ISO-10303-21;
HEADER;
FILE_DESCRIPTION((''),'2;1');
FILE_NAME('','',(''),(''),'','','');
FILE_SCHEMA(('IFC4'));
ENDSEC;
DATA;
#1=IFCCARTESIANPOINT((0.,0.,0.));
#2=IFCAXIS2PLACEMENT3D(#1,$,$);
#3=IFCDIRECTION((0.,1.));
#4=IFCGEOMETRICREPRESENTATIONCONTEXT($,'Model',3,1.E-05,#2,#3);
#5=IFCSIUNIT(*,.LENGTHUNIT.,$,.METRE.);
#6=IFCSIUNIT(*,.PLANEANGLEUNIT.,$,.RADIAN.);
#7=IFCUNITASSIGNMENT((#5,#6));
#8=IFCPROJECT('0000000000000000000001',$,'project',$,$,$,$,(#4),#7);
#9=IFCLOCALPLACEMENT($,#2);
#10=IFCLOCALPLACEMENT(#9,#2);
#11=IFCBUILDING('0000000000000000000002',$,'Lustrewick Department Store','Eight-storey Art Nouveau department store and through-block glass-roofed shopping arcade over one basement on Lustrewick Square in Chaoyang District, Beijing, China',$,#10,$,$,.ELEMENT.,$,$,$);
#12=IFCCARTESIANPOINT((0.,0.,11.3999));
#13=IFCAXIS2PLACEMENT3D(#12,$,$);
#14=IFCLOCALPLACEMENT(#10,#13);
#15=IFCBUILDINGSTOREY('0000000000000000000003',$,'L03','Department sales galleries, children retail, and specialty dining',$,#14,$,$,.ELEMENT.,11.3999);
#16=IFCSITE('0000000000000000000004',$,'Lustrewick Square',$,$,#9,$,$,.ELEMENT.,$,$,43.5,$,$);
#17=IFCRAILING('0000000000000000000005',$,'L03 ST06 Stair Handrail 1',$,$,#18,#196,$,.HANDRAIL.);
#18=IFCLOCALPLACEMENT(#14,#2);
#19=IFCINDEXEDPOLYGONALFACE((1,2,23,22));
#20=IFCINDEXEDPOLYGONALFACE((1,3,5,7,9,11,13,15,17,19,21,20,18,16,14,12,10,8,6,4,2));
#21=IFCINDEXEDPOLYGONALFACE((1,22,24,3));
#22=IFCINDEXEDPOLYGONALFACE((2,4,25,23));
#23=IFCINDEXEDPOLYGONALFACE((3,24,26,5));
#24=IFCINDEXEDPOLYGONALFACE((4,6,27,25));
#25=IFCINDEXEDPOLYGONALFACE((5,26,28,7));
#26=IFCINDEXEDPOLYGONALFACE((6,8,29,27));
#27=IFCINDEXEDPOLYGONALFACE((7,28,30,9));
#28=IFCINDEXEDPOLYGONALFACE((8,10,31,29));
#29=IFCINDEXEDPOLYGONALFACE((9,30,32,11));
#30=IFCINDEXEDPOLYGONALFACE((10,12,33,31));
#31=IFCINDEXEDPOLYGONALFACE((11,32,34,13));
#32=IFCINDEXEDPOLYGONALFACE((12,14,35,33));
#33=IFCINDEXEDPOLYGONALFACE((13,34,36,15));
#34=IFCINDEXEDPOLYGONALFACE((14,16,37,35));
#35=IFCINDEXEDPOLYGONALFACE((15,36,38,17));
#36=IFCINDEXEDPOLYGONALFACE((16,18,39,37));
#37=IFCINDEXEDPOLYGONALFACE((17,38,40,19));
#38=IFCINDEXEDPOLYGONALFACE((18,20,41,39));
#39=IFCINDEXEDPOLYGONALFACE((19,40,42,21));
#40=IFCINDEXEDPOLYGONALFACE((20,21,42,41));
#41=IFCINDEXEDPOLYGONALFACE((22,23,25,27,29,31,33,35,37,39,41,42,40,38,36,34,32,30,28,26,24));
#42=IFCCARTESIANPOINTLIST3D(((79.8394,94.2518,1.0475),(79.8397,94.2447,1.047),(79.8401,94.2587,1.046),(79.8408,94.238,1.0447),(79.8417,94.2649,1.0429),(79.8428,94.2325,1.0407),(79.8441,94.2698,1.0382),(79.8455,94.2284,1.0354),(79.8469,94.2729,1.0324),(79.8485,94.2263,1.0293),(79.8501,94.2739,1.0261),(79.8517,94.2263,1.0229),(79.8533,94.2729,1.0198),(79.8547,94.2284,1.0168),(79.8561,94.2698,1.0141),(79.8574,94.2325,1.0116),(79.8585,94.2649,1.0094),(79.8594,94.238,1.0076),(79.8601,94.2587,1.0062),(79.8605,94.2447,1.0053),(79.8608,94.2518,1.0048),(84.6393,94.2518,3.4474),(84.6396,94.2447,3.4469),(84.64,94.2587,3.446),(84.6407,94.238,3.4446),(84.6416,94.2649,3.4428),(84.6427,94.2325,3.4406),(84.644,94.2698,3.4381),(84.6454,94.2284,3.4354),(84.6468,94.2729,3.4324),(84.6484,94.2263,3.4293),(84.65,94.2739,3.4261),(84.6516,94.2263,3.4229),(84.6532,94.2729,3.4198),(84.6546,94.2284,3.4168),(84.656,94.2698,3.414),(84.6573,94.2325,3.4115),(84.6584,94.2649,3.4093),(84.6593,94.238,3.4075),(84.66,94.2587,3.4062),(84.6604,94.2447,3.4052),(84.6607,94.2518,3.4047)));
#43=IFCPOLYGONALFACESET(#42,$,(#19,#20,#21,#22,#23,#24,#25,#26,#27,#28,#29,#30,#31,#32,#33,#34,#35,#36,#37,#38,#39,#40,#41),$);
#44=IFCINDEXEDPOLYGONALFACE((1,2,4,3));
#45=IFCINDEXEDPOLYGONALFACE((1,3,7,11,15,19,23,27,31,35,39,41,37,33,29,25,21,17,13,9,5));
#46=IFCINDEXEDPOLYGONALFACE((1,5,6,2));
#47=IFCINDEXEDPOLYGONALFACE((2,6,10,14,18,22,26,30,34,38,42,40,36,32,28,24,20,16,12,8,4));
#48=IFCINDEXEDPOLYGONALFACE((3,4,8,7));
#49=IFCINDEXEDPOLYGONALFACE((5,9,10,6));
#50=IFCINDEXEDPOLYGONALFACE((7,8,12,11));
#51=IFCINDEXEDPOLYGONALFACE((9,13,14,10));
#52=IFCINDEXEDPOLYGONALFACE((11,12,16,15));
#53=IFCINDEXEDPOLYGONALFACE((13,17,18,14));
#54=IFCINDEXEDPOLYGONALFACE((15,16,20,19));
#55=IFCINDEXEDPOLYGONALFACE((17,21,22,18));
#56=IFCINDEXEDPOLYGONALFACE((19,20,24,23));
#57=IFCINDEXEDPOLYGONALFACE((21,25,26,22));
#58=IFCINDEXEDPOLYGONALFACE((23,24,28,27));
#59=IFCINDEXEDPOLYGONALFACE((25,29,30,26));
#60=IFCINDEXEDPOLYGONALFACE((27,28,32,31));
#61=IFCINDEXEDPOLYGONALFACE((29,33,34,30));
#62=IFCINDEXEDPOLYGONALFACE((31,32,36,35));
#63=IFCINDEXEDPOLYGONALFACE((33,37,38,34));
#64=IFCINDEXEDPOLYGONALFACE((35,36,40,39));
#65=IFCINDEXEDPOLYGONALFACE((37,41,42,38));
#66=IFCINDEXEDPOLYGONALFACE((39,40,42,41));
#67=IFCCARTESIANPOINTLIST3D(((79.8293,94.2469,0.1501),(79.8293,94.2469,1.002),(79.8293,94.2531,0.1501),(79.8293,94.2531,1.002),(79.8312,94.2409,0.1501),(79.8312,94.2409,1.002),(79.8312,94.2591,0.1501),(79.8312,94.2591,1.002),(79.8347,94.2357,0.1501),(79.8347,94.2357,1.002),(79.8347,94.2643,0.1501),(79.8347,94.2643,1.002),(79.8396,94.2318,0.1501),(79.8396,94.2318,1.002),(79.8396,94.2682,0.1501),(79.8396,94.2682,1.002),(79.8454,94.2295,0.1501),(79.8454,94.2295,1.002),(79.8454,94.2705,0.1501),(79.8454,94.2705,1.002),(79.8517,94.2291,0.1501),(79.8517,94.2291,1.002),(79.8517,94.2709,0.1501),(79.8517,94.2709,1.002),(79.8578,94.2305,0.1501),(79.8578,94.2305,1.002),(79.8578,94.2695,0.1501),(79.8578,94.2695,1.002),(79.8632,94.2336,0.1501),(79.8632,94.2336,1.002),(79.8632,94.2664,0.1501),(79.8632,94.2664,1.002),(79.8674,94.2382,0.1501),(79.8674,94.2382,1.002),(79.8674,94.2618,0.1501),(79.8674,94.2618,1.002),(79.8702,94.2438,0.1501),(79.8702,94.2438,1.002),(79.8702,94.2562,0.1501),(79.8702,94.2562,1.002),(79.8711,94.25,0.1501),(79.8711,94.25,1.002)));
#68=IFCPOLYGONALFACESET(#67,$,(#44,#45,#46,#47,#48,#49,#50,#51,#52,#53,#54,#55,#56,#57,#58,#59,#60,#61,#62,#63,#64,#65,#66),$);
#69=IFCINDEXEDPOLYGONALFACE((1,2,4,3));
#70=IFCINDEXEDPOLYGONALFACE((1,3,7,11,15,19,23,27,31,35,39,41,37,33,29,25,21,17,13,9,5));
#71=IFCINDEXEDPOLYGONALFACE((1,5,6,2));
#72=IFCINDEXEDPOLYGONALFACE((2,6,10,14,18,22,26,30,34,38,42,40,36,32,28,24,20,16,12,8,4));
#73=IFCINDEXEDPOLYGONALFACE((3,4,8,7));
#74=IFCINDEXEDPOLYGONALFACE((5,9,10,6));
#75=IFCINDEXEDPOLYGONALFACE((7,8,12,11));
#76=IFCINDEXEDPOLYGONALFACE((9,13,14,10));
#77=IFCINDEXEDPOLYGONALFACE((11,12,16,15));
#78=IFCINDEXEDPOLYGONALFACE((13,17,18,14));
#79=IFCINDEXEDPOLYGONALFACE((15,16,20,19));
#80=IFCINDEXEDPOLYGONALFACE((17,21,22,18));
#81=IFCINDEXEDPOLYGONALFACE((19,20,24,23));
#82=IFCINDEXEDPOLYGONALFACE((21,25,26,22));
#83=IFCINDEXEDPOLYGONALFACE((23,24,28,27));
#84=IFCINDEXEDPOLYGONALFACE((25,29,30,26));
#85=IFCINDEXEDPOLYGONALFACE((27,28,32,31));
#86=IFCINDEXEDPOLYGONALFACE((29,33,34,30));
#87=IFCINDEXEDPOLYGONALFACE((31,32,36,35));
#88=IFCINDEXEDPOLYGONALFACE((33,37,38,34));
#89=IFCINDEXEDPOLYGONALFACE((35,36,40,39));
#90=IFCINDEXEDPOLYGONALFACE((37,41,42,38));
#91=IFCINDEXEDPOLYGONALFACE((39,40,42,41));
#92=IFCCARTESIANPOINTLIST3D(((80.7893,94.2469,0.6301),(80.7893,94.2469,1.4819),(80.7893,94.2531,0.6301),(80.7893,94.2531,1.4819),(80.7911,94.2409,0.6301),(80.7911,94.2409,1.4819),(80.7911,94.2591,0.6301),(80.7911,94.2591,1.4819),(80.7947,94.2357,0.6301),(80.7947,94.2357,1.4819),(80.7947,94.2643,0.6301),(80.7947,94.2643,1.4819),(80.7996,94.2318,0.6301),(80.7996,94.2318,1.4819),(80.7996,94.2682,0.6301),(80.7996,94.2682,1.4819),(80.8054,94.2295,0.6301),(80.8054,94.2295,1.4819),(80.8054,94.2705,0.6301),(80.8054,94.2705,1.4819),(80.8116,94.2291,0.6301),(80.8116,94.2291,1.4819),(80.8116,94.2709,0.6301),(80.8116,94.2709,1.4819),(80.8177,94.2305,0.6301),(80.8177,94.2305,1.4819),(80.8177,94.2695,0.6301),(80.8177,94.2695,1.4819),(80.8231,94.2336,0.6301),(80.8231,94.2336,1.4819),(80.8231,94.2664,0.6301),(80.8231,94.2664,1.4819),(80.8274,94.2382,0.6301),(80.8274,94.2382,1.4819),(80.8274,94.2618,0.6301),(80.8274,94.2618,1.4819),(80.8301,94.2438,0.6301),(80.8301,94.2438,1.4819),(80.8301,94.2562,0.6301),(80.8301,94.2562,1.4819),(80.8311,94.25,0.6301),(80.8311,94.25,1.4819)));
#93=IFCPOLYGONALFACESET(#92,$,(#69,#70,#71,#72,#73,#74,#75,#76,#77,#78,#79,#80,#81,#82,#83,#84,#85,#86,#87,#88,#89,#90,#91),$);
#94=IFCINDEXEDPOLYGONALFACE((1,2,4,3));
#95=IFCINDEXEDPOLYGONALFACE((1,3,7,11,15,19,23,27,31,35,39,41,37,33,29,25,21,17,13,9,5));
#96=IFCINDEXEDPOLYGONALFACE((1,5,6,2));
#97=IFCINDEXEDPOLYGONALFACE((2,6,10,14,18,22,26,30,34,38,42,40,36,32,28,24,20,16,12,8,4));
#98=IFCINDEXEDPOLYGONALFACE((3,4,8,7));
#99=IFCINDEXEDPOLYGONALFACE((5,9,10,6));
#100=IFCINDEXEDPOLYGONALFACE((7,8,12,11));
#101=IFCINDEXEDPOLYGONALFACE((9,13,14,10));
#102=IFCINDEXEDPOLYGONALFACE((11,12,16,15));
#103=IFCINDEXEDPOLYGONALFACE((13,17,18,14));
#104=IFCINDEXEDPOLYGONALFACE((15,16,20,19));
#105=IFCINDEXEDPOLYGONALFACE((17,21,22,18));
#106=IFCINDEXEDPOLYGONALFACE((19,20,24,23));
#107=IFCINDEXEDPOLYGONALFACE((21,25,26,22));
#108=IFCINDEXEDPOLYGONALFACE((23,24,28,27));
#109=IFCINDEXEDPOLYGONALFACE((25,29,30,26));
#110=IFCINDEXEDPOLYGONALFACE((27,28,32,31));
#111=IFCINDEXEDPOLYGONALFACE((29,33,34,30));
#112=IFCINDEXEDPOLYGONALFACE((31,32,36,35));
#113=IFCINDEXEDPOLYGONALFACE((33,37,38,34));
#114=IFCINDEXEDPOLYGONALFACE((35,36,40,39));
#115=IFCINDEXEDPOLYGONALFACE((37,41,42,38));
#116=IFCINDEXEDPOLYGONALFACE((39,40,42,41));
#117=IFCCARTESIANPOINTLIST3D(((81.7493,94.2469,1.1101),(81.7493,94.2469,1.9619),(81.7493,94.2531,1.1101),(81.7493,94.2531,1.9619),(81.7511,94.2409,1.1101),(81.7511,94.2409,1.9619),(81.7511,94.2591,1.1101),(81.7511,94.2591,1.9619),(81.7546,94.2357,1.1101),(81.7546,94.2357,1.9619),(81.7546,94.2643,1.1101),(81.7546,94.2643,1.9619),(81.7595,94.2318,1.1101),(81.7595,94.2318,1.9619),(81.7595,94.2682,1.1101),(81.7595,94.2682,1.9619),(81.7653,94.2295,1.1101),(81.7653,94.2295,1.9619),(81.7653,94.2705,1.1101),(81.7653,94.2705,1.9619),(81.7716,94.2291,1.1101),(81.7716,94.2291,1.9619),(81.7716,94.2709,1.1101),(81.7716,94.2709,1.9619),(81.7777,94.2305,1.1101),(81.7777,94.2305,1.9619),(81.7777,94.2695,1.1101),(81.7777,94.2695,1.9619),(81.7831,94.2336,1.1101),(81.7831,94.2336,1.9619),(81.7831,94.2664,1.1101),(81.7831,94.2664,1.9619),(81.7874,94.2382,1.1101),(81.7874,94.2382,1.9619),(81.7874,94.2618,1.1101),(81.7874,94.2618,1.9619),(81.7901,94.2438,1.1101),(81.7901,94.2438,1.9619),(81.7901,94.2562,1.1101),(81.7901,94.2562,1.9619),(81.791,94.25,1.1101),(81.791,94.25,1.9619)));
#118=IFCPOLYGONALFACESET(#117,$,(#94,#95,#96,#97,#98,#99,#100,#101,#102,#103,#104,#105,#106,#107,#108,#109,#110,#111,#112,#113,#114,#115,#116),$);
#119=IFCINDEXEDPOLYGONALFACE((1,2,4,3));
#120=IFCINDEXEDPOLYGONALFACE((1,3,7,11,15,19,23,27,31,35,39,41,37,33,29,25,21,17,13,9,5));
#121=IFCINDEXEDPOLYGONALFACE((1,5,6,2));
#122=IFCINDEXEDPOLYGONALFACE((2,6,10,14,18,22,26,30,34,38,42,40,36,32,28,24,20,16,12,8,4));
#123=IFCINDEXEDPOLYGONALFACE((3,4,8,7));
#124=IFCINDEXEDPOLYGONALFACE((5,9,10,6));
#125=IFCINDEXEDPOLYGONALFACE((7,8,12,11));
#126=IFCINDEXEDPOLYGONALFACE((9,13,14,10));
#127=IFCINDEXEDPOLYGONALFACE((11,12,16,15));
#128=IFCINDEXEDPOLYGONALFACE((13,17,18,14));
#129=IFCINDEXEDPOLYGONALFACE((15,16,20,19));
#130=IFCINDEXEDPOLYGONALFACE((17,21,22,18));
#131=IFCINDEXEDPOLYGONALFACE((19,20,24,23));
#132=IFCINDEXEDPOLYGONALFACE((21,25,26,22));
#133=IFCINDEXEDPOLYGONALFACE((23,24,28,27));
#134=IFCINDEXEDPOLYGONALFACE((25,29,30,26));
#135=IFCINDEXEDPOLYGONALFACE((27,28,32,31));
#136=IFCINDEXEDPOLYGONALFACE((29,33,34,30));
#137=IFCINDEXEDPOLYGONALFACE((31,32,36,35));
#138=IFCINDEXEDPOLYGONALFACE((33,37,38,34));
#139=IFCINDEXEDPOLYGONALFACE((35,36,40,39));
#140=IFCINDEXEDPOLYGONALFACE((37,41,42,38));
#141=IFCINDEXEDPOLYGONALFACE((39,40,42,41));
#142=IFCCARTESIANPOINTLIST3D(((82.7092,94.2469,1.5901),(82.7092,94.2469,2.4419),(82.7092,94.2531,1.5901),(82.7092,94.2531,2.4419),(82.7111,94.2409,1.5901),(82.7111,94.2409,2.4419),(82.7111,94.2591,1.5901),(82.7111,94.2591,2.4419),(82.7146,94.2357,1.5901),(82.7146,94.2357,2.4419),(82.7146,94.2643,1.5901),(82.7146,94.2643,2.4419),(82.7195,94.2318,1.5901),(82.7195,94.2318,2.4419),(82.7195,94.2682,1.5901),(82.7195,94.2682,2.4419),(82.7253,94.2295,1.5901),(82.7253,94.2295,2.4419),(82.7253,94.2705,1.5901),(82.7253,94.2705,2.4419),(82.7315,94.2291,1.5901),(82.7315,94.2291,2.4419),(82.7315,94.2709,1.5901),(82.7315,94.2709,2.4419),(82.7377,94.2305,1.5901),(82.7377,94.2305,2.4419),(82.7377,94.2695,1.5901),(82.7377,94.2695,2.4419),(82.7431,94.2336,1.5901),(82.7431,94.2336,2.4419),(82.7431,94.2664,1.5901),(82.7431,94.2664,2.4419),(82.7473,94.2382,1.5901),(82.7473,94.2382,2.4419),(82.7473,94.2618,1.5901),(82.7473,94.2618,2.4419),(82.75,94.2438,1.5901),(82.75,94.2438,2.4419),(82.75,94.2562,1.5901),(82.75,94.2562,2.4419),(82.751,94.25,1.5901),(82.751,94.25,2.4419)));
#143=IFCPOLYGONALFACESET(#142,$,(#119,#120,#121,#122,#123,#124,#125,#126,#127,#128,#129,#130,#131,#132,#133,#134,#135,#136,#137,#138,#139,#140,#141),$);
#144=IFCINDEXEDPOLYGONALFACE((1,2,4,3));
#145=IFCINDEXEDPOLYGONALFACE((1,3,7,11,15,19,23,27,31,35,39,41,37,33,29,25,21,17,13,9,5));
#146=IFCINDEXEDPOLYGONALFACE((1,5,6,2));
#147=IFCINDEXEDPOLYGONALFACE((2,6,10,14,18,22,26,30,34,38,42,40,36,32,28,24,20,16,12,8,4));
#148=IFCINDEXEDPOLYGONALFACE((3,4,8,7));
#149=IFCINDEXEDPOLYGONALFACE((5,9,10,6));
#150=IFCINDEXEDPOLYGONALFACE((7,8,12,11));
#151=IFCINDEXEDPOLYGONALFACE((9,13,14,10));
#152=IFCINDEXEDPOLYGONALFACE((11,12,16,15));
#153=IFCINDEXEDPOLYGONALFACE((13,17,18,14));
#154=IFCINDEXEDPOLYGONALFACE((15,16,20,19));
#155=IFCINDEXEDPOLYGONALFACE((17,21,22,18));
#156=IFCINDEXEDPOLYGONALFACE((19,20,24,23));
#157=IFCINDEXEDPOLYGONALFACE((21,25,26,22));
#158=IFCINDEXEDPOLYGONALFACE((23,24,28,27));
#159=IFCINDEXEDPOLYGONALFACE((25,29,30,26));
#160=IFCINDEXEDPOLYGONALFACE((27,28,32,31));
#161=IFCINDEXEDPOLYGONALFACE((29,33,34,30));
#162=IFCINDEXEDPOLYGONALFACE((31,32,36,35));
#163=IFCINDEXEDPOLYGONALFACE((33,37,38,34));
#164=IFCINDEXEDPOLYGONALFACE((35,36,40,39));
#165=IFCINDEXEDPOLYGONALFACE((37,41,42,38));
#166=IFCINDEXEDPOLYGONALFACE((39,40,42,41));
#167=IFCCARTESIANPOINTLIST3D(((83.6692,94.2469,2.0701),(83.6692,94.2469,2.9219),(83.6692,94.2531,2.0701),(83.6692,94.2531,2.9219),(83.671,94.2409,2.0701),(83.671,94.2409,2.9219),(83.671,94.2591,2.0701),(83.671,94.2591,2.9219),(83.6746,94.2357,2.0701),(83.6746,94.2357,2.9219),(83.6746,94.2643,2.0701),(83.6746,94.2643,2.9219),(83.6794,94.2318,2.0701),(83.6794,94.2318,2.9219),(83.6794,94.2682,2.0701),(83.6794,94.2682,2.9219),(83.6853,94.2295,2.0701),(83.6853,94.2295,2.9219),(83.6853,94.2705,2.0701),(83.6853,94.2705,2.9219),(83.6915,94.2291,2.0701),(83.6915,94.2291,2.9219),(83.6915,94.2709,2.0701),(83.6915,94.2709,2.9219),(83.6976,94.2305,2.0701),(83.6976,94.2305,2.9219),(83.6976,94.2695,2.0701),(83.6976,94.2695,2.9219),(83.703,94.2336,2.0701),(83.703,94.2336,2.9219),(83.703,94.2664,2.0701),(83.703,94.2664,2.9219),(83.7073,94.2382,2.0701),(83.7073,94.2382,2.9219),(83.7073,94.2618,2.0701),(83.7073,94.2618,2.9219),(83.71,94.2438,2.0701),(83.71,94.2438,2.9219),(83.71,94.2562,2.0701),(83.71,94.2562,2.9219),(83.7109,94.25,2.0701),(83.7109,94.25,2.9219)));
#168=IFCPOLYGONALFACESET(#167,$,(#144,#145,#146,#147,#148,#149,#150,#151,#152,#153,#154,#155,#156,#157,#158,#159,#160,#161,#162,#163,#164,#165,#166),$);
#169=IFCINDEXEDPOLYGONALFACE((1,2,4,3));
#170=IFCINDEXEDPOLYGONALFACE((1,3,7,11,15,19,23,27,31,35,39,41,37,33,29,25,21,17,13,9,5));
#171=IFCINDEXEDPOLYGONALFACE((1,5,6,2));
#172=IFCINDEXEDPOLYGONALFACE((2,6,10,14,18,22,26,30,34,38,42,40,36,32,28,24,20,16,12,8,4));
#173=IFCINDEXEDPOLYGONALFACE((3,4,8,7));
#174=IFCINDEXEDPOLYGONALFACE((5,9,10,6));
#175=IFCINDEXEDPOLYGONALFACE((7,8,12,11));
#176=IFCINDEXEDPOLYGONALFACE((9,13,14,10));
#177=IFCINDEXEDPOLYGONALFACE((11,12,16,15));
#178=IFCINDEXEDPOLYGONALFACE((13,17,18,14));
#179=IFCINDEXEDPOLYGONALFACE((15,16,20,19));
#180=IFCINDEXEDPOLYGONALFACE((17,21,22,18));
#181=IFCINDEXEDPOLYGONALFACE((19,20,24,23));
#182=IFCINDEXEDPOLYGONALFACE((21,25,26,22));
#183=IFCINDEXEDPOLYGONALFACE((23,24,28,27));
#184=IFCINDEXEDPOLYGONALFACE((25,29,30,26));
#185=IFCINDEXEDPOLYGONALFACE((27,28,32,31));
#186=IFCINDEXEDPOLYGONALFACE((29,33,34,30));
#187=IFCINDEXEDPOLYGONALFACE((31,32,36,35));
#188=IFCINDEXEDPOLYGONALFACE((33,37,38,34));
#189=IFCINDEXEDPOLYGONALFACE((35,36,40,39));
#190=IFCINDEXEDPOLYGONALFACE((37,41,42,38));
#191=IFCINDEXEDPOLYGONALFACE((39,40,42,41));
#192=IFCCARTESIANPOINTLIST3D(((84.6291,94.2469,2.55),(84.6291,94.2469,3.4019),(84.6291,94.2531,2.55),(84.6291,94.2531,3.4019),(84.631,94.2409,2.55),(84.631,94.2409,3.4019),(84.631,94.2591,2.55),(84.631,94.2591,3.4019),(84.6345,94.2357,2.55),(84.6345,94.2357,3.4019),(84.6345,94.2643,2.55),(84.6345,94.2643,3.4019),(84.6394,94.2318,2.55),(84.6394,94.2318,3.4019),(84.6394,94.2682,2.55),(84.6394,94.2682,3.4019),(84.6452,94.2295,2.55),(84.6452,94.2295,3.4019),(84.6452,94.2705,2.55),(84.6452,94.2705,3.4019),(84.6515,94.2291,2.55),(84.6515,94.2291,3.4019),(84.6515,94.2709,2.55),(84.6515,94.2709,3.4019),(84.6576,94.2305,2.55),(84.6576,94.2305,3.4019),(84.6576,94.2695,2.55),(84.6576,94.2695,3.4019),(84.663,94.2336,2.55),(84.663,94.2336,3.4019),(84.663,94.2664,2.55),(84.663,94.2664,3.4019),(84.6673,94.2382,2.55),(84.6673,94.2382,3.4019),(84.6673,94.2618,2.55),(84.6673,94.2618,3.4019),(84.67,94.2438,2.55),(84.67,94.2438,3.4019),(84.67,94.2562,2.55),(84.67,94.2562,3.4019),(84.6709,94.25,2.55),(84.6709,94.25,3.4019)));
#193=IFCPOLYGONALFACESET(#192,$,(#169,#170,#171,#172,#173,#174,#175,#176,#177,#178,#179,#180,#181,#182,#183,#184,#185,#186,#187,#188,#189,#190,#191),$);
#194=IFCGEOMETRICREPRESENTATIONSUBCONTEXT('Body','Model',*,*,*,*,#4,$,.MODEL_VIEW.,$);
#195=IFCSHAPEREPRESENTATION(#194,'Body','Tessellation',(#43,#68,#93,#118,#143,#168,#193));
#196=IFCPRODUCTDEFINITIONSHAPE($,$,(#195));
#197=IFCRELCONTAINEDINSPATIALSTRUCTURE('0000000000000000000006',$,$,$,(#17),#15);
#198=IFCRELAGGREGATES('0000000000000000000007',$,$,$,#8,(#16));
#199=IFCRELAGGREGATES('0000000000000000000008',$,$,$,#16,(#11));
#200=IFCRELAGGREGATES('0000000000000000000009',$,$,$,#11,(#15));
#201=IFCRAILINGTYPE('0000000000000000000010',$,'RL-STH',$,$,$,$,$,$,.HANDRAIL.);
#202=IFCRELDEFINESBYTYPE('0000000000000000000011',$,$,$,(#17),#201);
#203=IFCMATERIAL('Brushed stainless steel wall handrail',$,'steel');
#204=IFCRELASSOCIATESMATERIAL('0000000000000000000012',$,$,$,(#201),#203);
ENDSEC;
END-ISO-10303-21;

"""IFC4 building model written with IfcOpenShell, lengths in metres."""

from ifc_helpers import new_model, si_unit, direction, frame, origin, origin_2d, place, context, subcontext, project, spatial, circle, extrude, material, type_object, element, save


model = new_model("IFC4")

# Units and contexts
model_context = context("Model", 3, precision=1e-05, world=origin(), true_north=direction((0.0, 1.0)))
body_context = subcontext(model_context, "Body", "Model", "MODEL_VIEW")
ifc_project = project(units=[si_unit("LENGTHUNIT", "METRE"), si_unit("PLANEANGLEUNIT", "RADIAN")], contexts=[model_context])

# Site, building, storey
site_placement = place(None, origin())
site = spatial("IfcSite", under=ifc_project, at=site_placement, Name="Lustrewick Square", CompositionType="ELEMENT", RefElevation=43.5)
building_placement = place(site_placement, origin())
building = spatial("IfcBuilding", under=site, at=building_placement, Name="Lustrewick Department Store", Description="Eight-storey Art Nouveau department store and through-block glass-roofed shopping arcade over one basement on Lustrewick Square in Chaoyang District, Beijing, China", CompositionType="ELEMENT")
storey_placement = place(building_placement, frame((0.0, 0.0, 11.3999)))
storey = spatial("IfcBuildingStorey", under=building, at=storey_placement, Name="L03", Description="Department sales galleries, children retail, and specialty dining", CompositionType="ELEMENT", Elevation=11.3999)

# Railing
ifc_material_1 = material(Name="Brushed stainless steel wall handrail", Category="steel")
railing_type_1 = type_object("IfcRailingType", Name="RL-STH", PredefinedType="HANDRAIL", material=ifc_material_1)
railing_1_placement = place(storey_placement, frame((79.8501, 94.25, 0.1501)))
element("IfcRailing", 1, at=railing_1_placement, inside=storey, type_object=railing_type_1, Name="L03 ST06 Stair Handrail 1", PredefinedType="HANDRAIL", context=body_context, shape_type="SweptSolid", body=[
    extrude(circle(Radius=0.0239, at=origin_2d()), frame((0.0, 0.0, 0.876), z_axis=(0.894427, 0.0, 0.447214), x_axis=(0.0, 1.0, 0.0)), (0.0, 0.0, 1.0), 5.3665),
    extrude(circle(Radius=0.021, at=origin_2d()), origin(), (0.0, 0.0, 1.0), 0.8518),
    extrude(circle(Radius=0.021, at=origin_2d()), frame((0.96, 0.0, 0.48)), (0.0, 0.0, 1.0), 0.8518),
    extrude(circle(Radius=0.021, at=origin_2d()), frame((1.9199, 0.0, 0.96)), (0.0, 0.0, 1.0), 0.8518),
    extrude(circle(Radius=0.021, at=origin_2d()), frame((2.8799, 0.0, 1.4399)), (0.0, 0.0, 1.0), 0.8518),
    extrude(circle(Radius=0.021, at=origin_2d()), frame((3.8398, 0.0, 1.9199)), (0.0, 0.0, 1.0), 0.8518),
    extrude(circle(Radius=0.021, at=origin_2d()), frame((4.7998, 0.0, 2.3999)), (0.0, 0.0, 1.0), 0.8518),
])

save(model, "model.ifc")
